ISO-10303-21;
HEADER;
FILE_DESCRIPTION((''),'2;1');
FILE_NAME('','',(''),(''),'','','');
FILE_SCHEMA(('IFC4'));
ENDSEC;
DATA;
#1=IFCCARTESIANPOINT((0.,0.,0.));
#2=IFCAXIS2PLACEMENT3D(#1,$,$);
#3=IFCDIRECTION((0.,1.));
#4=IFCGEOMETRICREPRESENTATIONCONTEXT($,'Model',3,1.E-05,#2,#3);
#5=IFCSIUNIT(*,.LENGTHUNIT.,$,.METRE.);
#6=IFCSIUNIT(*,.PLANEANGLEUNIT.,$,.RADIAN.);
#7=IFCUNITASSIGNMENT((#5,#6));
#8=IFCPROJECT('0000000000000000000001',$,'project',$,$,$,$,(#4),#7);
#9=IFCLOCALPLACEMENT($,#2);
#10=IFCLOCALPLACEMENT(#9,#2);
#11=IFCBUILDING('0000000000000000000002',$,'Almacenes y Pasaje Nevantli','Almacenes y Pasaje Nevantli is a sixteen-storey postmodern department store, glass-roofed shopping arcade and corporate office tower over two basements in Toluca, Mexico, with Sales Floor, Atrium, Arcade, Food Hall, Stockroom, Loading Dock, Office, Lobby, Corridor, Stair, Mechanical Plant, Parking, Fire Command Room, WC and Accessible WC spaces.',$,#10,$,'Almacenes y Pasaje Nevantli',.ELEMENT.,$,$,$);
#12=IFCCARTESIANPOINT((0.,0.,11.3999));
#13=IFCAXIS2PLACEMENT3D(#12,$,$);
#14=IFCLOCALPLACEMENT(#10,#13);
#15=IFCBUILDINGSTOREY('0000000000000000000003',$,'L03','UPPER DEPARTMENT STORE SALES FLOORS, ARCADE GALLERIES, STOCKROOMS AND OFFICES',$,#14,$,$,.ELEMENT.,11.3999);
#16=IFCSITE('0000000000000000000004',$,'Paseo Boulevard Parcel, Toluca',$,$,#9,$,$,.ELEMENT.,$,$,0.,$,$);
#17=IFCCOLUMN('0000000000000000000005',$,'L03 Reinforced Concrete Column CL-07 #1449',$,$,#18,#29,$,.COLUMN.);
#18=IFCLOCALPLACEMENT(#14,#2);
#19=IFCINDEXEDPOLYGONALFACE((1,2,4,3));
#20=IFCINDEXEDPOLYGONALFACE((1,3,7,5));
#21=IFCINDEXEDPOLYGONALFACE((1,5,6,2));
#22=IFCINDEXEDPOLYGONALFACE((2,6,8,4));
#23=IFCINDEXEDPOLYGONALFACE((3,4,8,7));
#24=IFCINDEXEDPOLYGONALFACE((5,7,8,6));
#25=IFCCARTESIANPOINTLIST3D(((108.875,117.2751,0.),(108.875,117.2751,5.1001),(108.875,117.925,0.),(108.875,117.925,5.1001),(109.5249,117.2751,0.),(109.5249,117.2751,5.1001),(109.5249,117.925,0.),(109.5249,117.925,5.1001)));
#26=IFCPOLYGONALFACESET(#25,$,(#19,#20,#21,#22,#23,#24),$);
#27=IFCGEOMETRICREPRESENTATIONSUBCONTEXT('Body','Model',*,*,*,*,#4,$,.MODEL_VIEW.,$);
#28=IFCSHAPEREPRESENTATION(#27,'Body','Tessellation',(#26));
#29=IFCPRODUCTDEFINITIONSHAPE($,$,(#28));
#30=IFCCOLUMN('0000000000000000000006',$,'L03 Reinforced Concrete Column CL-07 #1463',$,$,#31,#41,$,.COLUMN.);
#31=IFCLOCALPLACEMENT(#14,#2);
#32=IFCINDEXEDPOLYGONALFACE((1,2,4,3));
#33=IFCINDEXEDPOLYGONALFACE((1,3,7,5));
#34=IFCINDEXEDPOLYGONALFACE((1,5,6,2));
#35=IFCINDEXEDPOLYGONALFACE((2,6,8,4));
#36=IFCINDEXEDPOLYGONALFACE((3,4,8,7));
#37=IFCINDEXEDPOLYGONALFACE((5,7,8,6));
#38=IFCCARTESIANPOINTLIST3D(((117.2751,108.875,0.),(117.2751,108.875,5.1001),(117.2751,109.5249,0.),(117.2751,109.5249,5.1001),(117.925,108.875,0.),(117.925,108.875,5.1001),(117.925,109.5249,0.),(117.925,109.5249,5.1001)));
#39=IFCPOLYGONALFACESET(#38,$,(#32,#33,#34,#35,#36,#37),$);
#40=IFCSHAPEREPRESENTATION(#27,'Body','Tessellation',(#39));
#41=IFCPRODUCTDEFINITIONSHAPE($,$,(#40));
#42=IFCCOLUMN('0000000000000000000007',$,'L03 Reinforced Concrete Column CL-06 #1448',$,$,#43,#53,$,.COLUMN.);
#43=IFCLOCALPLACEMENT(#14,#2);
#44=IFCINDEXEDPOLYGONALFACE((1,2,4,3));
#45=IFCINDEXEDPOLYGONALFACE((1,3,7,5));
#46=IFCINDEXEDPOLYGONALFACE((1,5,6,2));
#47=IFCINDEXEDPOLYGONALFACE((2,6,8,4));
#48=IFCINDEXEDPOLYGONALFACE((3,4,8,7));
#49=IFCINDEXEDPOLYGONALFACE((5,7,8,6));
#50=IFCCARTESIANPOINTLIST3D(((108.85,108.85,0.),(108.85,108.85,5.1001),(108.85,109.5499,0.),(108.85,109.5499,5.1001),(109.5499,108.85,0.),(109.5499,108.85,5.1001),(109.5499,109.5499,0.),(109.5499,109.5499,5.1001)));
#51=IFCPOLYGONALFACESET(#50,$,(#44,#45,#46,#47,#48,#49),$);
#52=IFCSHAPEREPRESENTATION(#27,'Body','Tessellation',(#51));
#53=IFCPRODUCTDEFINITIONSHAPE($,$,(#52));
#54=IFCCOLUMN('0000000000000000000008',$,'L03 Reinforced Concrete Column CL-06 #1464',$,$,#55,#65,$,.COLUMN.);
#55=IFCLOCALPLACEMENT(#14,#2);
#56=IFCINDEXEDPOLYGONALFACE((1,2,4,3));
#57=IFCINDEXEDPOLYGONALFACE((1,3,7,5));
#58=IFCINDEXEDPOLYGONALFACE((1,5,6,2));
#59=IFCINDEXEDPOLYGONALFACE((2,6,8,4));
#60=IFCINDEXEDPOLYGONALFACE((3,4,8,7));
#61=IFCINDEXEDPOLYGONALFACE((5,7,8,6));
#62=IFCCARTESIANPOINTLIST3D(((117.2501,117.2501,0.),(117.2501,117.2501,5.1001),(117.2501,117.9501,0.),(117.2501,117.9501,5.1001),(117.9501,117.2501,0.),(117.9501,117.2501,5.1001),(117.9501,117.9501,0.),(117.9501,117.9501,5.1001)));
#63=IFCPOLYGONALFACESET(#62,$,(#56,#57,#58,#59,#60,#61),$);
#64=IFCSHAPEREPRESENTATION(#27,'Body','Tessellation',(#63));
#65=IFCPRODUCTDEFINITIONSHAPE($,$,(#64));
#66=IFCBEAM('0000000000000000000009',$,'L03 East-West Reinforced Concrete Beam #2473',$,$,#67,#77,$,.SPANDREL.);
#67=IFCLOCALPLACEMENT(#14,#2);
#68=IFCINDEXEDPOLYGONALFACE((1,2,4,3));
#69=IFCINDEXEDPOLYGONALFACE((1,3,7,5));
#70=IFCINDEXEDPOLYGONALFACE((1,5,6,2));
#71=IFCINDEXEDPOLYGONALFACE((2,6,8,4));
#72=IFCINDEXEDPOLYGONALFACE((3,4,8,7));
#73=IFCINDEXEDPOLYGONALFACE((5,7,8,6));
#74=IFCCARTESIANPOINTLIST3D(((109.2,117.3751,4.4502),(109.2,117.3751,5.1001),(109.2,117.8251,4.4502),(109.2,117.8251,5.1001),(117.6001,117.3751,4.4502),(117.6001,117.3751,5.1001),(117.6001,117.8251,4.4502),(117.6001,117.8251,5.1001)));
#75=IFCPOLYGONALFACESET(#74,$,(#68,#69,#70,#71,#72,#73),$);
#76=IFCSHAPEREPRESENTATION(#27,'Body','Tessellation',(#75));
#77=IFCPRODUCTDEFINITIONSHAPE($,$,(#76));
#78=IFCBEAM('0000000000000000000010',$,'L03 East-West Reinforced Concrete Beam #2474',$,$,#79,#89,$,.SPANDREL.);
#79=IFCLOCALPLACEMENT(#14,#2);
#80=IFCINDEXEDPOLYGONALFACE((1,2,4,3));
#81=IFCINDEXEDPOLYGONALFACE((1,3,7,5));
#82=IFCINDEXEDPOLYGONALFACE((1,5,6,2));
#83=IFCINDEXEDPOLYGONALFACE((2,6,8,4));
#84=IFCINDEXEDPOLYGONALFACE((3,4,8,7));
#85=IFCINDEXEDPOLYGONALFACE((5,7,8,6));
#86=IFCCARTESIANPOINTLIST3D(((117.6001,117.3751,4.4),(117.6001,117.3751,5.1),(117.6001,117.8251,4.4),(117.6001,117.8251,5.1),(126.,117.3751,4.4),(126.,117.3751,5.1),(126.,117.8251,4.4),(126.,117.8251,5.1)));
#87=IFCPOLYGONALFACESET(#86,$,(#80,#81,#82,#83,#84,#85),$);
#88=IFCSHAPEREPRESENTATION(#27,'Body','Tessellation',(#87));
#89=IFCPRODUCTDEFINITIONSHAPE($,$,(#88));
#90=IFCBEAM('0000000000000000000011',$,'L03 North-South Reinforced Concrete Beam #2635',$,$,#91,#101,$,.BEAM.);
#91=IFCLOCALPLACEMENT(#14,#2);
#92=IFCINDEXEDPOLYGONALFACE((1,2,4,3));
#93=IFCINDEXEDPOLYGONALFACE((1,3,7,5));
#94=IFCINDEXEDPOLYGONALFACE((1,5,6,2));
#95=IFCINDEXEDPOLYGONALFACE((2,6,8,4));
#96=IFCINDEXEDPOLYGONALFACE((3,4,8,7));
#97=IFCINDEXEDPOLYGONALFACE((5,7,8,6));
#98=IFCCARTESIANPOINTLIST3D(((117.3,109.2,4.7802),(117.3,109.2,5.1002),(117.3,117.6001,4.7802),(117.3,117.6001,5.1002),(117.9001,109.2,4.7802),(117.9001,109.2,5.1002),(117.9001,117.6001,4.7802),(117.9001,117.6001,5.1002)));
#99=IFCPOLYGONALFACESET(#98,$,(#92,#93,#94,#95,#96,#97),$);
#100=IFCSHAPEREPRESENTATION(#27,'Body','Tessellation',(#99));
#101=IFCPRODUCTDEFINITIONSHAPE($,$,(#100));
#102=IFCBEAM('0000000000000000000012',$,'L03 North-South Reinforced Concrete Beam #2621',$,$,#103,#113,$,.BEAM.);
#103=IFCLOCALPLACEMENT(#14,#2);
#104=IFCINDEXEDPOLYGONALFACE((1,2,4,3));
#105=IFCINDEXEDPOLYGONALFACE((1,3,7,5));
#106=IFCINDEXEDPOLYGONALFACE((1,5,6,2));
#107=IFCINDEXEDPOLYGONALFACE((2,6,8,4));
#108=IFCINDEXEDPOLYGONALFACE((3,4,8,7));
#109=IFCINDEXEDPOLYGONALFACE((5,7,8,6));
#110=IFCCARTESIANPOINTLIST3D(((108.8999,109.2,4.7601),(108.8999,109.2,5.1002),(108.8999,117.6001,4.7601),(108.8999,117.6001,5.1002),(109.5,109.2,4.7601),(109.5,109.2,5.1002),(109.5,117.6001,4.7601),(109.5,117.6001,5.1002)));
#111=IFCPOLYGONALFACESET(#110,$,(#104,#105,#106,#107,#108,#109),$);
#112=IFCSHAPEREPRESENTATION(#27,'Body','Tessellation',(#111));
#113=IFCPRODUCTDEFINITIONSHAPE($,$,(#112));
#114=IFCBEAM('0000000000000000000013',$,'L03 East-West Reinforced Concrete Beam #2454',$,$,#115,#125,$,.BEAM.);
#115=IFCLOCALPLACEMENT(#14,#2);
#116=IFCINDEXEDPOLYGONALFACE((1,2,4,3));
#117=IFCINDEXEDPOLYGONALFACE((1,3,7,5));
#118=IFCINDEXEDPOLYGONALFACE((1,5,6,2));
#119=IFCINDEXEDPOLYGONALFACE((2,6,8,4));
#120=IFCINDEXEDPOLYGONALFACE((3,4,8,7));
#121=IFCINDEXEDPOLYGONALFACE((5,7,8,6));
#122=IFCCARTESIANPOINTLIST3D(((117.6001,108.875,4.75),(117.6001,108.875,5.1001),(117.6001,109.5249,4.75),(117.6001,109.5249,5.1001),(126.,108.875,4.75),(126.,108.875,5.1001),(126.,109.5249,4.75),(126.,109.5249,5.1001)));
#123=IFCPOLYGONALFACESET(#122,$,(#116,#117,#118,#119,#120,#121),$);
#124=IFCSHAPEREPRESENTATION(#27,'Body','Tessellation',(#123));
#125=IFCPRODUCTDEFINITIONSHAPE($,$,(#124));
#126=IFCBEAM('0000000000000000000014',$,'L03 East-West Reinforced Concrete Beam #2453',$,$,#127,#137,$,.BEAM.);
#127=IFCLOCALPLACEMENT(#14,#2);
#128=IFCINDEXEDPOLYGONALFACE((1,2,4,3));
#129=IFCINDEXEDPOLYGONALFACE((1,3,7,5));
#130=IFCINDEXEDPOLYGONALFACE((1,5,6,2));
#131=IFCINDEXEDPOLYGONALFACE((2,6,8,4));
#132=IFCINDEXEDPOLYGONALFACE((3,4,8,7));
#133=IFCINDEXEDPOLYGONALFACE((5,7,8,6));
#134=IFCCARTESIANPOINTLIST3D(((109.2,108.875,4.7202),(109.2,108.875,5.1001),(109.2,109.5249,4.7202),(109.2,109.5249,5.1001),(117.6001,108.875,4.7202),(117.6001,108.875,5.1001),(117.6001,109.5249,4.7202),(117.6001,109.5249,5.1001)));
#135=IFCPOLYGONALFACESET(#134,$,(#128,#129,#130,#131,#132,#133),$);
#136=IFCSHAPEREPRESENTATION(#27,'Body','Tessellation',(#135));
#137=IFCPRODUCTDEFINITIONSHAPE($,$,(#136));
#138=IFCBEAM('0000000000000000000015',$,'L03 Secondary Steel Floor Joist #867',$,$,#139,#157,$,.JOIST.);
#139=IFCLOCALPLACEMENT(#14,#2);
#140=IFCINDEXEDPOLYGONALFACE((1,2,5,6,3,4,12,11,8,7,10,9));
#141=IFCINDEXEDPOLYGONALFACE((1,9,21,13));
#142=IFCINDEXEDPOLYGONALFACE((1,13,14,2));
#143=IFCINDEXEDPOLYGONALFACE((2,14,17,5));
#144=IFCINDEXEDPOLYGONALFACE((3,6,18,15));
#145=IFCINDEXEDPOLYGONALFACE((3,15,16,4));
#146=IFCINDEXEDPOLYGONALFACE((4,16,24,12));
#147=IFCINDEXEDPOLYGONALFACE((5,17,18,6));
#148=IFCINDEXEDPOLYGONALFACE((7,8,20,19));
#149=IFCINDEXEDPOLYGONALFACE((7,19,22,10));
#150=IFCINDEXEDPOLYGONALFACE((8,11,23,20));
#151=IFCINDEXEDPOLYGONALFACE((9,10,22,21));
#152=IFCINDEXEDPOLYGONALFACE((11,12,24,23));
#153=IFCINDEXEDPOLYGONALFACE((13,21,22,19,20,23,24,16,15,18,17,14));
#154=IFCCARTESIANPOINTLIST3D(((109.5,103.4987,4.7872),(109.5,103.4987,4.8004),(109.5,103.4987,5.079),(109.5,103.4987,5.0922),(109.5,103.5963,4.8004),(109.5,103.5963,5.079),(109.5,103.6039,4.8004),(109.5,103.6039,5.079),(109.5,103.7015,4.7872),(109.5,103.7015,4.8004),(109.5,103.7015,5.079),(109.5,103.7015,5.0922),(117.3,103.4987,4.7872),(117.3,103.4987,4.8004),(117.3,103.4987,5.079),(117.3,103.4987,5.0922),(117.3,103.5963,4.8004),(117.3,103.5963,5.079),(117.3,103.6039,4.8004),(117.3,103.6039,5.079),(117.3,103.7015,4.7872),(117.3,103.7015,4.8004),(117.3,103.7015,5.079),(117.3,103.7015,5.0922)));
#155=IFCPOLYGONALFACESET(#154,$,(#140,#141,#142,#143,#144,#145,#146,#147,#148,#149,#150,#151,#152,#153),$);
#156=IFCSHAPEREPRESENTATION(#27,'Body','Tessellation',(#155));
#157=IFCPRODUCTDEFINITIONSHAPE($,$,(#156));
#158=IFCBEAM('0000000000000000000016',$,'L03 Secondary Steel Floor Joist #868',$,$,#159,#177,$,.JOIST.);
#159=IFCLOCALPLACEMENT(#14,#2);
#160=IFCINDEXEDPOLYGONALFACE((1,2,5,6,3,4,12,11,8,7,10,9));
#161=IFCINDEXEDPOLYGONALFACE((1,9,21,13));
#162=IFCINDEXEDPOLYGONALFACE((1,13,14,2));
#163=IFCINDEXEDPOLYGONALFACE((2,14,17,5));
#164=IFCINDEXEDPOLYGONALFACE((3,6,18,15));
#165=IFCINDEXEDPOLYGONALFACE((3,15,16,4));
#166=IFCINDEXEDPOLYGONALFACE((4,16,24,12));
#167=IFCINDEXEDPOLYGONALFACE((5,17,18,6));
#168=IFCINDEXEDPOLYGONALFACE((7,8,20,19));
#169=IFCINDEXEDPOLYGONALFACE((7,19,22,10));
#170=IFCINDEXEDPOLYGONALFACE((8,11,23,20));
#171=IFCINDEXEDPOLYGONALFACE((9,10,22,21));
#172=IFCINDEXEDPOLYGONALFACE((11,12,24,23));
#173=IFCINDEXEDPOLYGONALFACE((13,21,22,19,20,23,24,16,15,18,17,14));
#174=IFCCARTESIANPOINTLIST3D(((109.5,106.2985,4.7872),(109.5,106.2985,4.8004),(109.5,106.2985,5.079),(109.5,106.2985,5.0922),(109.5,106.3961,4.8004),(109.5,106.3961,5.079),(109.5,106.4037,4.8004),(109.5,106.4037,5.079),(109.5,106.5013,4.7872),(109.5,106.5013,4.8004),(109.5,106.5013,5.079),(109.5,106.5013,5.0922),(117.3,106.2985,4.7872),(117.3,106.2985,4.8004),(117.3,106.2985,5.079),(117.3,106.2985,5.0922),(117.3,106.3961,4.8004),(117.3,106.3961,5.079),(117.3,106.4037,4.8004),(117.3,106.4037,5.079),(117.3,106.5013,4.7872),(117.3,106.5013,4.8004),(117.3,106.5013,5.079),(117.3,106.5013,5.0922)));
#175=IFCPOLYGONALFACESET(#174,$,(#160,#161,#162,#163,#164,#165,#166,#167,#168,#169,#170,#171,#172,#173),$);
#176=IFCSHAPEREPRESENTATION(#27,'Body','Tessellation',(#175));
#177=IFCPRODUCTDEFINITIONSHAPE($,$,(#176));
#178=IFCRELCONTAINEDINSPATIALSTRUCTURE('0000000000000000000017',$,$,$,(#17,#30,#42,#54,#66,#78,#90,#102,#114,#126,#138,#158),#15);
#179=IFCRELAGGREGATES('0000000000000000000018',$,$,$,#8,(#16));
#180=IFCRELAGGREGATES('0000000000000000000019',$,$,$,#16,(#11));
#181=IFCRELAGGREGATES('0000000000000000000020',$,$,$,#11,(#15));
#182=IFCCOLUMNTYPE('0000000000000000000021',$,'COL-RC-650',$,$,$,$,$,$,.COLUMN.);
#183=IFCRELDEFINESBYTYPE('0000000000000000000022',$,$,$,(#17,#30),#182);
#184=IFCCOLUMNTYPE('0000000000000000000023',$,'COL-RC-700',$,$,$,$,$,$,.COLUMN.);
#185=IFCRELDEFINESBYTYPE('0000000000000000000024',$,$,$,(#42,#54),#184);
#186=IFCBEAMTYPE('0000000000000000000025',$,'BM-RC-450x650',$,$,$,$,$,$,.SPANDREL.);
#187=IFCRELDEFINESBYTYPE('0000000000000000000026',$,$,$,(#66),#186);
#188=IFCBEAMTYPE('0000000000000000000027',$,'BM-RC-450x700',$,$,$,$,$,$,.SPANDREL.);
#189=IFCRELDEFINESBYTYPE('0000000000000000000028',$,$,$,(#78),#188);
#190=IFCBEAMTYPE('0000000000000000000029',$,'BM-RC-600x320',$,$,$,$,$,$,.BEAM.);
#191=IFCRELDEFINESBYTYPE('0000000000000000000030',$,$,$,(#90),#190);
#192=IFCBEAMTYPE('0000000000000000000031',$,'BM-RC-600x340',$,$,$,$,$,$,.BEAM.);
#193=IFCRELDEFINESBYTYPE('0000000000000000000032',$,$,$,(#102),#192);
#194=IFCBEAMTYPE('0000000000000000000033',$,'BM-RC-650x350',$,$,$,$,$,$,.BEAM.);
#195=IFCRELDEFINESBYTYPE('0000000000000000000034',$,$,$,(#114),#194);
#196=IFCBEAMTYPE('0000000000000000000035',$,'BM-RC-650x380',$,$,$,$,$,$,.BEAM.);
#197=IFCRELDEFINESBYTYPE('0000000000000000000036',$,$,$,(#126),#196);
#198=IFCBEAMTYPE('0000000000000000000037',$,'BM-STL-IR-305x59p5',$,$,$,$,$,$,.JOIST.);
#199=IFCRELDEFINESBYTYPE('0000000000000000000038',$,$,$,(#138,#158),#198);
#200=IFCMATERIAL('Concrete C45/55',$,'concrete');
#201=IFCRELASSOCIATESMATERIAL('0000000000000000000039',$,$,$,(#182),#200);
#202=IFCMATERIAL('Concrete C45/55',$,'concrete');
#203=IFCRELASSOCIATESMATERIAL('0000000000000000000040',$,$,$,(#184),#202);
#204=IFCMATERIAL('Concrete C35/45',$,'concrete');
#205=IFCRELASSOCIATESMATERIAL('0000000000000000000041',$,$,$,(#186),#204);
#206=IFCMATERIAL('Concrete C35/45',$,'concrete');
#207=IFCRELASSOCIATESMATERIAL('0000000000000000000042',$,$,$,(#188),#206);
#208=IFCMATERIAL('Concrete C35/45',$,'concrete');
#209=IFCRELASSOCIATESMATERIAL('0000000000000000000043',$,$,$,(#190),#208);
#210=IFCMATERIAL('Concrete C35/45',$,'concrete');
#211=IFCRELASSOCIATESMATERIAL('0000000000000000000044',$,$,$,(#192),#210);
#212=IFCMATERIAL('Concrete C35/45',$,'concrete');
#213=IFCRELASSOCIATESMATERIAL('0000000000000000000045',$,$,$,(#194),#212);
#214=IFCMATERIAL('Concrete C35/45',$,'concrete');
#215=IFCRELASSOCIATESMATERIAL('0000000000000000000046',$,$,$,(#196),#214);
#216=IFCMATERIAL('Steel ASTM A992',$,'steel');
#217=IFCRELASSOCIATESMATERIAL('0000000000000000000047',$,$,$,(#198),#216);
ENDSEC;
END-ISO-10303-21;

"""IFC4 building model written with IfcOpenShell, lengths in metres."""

from ifc_helpers import new_model, si_unit, direction, frame, origin, origin_2d, place, context, subcontext, project, spatial, rectangle, i_section, extrude, material, material_profile, profile_set, type_object, element, save


model = new_model("IFC4")

# Units and contexts
model_context = context("Model", 3, precision=1e-05, world=origin(), true_north=direction((0.0, 1.0)))
body_context = subcontext(model_context, "Body", "Model", "MODEL_VIEW")
ifc_project = project(units=[si_unit("LENGTHUNIT", "METRE"), si_unit("PLANEANGLEUNIT", "RADIAN")], contexts=[model_context])

# Site, building, storey
site_placement = place(None, origin())
site = spatial("IfcSite", under=ifc_project, at=site_placement, Name="Paseo Boulevard Parcel, Toluca", CompositionType="ELEMENT", RefElevation=0.0)
building_placement = place(site_placement, origin())
building = spatial("IfcBuilding", under=site, at=building_placement, Name="Almacenes y Pasaje Nevantli", Description="Almacenes y Pasaje Nevantli is a sixteen-storey postmodern department store, glass-roofed shopping arcade and corporate office tower over two basements in Toluca, Mexico, with Sales Floor, Atrium, Arcade, Food Hall, Stockroom, Loading Dock, Office, Lobby, Corridor, Stair, Mechanical Plant, Parking, Fire Command Room, WC and Accessible WC spaces.", LongName="Almacenes y Pasaje Nevantli", CompositionType="ELEMENT")
storey_placement = place(building_placement, frame((0.0, 0.0, 11.3999)))
storey = spatial("IfcBuildingStorey", under=building, at=storey_placement, Name="L03", Description="UPPER DEPARTMENT STORE SALES FLOORS, ARCADE GALLERIES, STOCKROOMS AND OFFICES", CompositionType="ELEMENT", Elevation=11.3999)

# Columns
ifc_material_1 = material(Name="Concrete C45/55", Category="concrete")
ifc_material_profile_1 = material_profile(ifc_material_1, rectangle(XDim=0.6499, YDim=0.6499, at=origin_2d()), Name="RC-COL-650x650")
ifc_profile_set_1 = profile_set([ifc_material_profile_1], Name="Concrete C45/55")
column_type_1 = type_object("IfcColumnType", Name="COL-RC-650", PredefinedType="COLUMN", material=ifc_profile_set_1)
for number, where, z_axis, x_axis, name in (
    (1, (109.2, 117.6001, 0.0), (0.0, 0.0, 1.0), (1.0, 0.0, 0.0), "L03 Reinforced Concrete Column CL-07 #1449"),
    (2, (117.6001, 109.2, 0.0), (0.0, 0.0, 1.0), (1.0, 0.0, 0.0), "L03 Reinforced Concrete Column CL-07 #1463"),
):
    element("IfcColumn", number, at=place(storey_placement, frame(where, z_axis=z_axis, x_axis=x_axis)), inside=storey, type_object=column_type_1, Name=name, PredefinedType="COLUMN", context=body_context, shape_type="SweptSolid", body=[
        extrude(rectangle(XDim=0.6499, YDim=0.6499, at=origin_2d()), origin(), (0.0, 0.0, 1.0), 5.1001),
    ])
ifc_material_2 = material(Name="Concrete C45/55", Category="concrete")
ifc_material_profile_2 = material_profile(ifc_material_2, rectangle(XDim=0.7, YDim=0.7, at=origin_2d()), Name="RC-COL-700x700")
ifc_profile_set_2 = profile_set([ifc_material_profile_2], Name="Concrete C45/55")
column_type_2 = type_object("IfcColumnType", Name="COL-RC-700", PredefinedType="COLUMN", material=ifc_profile_set_2)
for number, where, z_axis, x_axis, name in (
    (3, (109.2, 109.2, 0.0), (0.0, 0.0, 1.0), (1.0, 0.0, 0.0), "L03 Reinforced Concrete Column CL-06 #1448"),
    (4, (117.6001, 117.6001, 0.0), (0.0, 0.0, 1.0), (1.0, 0.0, 0.0), "L03 Reinforced Concrete Column CL-06 #1464"),
):
    element("IfcColumn", number, at=place(storey_placement, frame(where, z_axis=z_axis, x_axis=x_axis)), inside=storey, type_object=column_type_2, Name=name, PredefinedType="COLUMN", context=body_context, shape_type="SweptSolid", body=[
        extrude(rectangle(XDim=0.7, YDim=0.7, at=origin_2d()), origin(), (0.0, 0.0, 1.0), 5.1001),
    ])

# Beams
ifc_material_3 = material(Name="Concrete C35/45", Category="concrete")
ifc_material_profile_3 = material_profile(ifc_material_3, rectangle(XDim=0.45, YDim=0.6499, at=origin_2d()), Name="RC-BM-450x650")
ifc_profile_set_3 = profile_set([ifc_material_profile_3], Name="Concrete C35/45")
beam_type_1 = type_object("IfcBeamType", Name="BM-RC-450x650", PredefinedType="SPANDREL", material=ifc_profile_set_3)
beam_1_placement = place(storey_placement, frame((109.2, 117.6001, 4.7751), z_axis=(1.0, 0.0, 0.0), x_axis=(0.0, 1.0, 0.0)))
element("IfcBeam", 5, at=beam_1_placement, inside=storey, type_object=beam_type_1, Name="L03 East-West Reinforced Concrete Beam #2473", PredefinedType="SPANDREL", context=body_context, shape_type="SweptSolid", body=[
    extrude(rectangle(XDim=0.45, YDim=0.6499, at=origin_2d()), origin(), (0.0, 0.0, 1.0), 8.4001),
])
ifc_material_4 = material(Name="Concrete C35/45", Category="concrete")
ifc_material_profile_4 = material_profile(ifc_material_4, rectangle(XDim=0.45, YDim=0.7, at=origin_2d()), Name="RC-BM-450x700")
ifc_profile_set_4 = profile_set([ifc_material_profile_4], Name="Concrete C35/45")
beam_type_2 = type_object("IfcBeamType", Name="BM-RC-450x700", PredefinedType="SPANDREL", material=ifc_profile_set_4)
beam_2_placement = place(storey_placement, frame((117.6001, 117.6001, 4.75), z_axis=(1.0, 0.0, 0.0), x_axis=(0.0, 1.0, 0.0)))
element("IfcBeam", 6, at=beam_2_placement, inside=storey, type_object=beam_type_2, Name="L03 East-West Reinforced Concrete Beam #2474", PredefinedType="SPANDREL", context=body_context, shape_type="SweptSolid", body=[
    extrude(rectangle(XDim=0.45, YDim=0.7, at=origin_2d()), origin(), (0.0, 0.0, 1.0), 8.3999),
])
ifc_material_5 = material(Name="Concrete C35/45", Category="concrete")
ifc_material_profile_5 = material_profile(ifc_material_5, rectangle(XDim=0.6001, YDim=0.3201, at=origin_2d()), Name="RC-BM-600x320")
ifc_profile_set_5 = profile_set([ifc_material_profile_5], Name="Concrete C35/45")
beam_type_3 = type_object("IfcBeamType", Name="BM-RC-600x320", PredefinedType="BEAM", material=ifc_profile_set_5)
beam_3_placement = place(storey_placement, frame((117.6001, 109.2, 4.9402), z_axis=(0.0, 1.0, 0.0), x_axis=(-1.0, 0.0, 0.0)))
element("IfcBeam", 7, at=beam_3_placement, inside=storey, type_object=beam_type_3, Name="L03 North-South Reinforced Concrete Beam #2635", PredefinedType="BEAM", context=body_context, shape_type="SweptSolid", body=[
    extrude(rectangle(XDim=0.6001, YDim=0.3201, at=origin_2d()), origin(), (0.0, 0.0, 1.0), 8.4001),
])
ifc_material_6 = material(Name="Concrete C35/45", Category="concrete")
ifc_material_profile_6 = material_profile(ifc_material_6, rectangle(XDim=0.6001, YDim=0.3401, at=origin_2d()), Name="RC-BM-600x340")
ifc_profile_set_6 = profile_set([ifc_material_profile_6], Name="Concrete C35/45")
beam_type_4 = type_object("IfcBeamType", Name="BM-RC-600x340", PredefinedType="BEAM", material=ifc_profile_set_6)
beam_4_placement = place(storey_placement, frame((109.2, 109.2, 4.9302), z_axis=(0.0, 1.0, 0.0), x_axis=(-1.0, 0.0, 0.0)))
element("IfcBeam", 8, at=beam_4_placement, inside=storey, type_object=beam_type_4, Name="L03 North-South Reinforced Concrete Beam #2621", PredefinedType="BEAM", context=body_context, shape_type="SweptSolid", body=[
    extrude(rectangle(XDim=0.6001, YDim=0.3401, at=origin_2d()), origin(), (0.0, 0.0, 1.0), 8.4001),
])
ifc_material_7 = material(Name="Concrete C35/45", Category="concrete")
ifc_material_profile_7 = material_profile(ifc_material_7, rectangle(XDim=0.6499, YDim=0.3501, at=origin_2d()), Name="RC-BM-650x350")
ifc_profile_set_7 = profile_set([ifc_material_profile_7], Name="Concrete C35/45")
beam_type_5 = type_object("IfcBeamType", Name="BM-RC-650x350", PredefinedType="BEAM", material=ifc_profile_set_7)
beam_5_placement = place(storey_placement, frame((117.6001, 109.2, 4.925), z_axis=(1.0, 0.0, 0.0), x_axis=(0.0, 1.0, 0.0)))
element("IfcBeam", 9, at=beam_5_placement, inside=storey, type_object=beam_type_5, Name="L03 East-West Reinforced Concrete Beam #2454", PredefinedType="BEAM", context=body_context, shape_type="SweptSolid", body=[
    extrude(rectangle(XDim=0.6499, YDim=0.3501, at=origin_2d()), origin(), (0.0, 0.0, 1.0), 8.3999),
])
ifc_material_8 = material(Name="Concrete C35/45", Category="concrete")
ifc_material_profile_8 = material_profile(ifc_material_8, rectangle(XDim=0.6499, YDim=0.3799, at=origin_2d()), Name="RC-BM-650x380")
ifc_profile_set_8 = profile_set([ifc_material_profile_8], Name="Concrete C35/45")
beam_type_6 = type_object("IfcBeamType", Name="BM-RC-650x380", PredefinedType="BEAM", material=ifc_profile_set_8)
beam_6_placement = place(storey_placement, frame((109.2, 109.2, 4.9102), z_axis=(1.0, 0.0, 0.0), x_axis=(0.0, 1.0, 0.0)))
element("IfcBeam", 10, at=beam_6_placement, inside=storey, type_object=beam_type_6, Name="L03 East-West Reinforced Concrete Beam #2453", PredefinedType="BEAM", context=body_context, shape_type="SweptSolid", body=[
    extrude(rectangle(XDim=0.6499, YDim=0.3799, at=origin_2d()), origin(), (0.0, 0.0, 1.0), 8.4001),
])
ifc_material_9 = material(Name="Steel ASTM A992", Category="steel")
ifc_material_profile_9 = material_profile(ifc_material_9, i_section(OverallWidth=0.2029, OverallDepth=0.3049, WebThickness=0.0076, FlangeThickness=0.0132, at=origin_2d()), Name="IR 305x59.5")
ifc_profile_set_9 = profile_set([ifc_material_profile_9], Name="Steel ASTM A992")
beam_type_7 = type_object("IfcBeamType", Name="BM-STL-IR-305x59p5", PredefinedType="JOIST", material=ifc_profile_set_9)
for number, where, z_axis, x_axis, name in (
    (11, (109.5, 103.6001, 4.9397), (1.0, 0.0, 0.0), (0.0, 1.0, 0.0), "L03 Secondary Steel Floor Joist #867"),
    (12, (109.5, 106.3999, 4.9397), (1.0, 0.0, 0.0), (0.0, 1.0, 0.0), "L03 Secondary Steel Floor Joist #868"),
):
    element("IfcBeam", number, at=place(storey_placement, frame(where, z_axis=z_axis, x_axis=x_axis)), inside=storey, type_object=beam_type_7, Name=name, PredefinedType="JOIST", context=body_context, shape_type="SweptSolid", body=[
        extrude(i_section(OverallWidth=0.2029, OverallDepth=0.3049, WebThickness=0.0076, FlangeThickness=0.0132, at=origin_2d()), origin(), (0.0, 0.0, 1.0), 7.8),
    ])

save(model, "model.ifc")
